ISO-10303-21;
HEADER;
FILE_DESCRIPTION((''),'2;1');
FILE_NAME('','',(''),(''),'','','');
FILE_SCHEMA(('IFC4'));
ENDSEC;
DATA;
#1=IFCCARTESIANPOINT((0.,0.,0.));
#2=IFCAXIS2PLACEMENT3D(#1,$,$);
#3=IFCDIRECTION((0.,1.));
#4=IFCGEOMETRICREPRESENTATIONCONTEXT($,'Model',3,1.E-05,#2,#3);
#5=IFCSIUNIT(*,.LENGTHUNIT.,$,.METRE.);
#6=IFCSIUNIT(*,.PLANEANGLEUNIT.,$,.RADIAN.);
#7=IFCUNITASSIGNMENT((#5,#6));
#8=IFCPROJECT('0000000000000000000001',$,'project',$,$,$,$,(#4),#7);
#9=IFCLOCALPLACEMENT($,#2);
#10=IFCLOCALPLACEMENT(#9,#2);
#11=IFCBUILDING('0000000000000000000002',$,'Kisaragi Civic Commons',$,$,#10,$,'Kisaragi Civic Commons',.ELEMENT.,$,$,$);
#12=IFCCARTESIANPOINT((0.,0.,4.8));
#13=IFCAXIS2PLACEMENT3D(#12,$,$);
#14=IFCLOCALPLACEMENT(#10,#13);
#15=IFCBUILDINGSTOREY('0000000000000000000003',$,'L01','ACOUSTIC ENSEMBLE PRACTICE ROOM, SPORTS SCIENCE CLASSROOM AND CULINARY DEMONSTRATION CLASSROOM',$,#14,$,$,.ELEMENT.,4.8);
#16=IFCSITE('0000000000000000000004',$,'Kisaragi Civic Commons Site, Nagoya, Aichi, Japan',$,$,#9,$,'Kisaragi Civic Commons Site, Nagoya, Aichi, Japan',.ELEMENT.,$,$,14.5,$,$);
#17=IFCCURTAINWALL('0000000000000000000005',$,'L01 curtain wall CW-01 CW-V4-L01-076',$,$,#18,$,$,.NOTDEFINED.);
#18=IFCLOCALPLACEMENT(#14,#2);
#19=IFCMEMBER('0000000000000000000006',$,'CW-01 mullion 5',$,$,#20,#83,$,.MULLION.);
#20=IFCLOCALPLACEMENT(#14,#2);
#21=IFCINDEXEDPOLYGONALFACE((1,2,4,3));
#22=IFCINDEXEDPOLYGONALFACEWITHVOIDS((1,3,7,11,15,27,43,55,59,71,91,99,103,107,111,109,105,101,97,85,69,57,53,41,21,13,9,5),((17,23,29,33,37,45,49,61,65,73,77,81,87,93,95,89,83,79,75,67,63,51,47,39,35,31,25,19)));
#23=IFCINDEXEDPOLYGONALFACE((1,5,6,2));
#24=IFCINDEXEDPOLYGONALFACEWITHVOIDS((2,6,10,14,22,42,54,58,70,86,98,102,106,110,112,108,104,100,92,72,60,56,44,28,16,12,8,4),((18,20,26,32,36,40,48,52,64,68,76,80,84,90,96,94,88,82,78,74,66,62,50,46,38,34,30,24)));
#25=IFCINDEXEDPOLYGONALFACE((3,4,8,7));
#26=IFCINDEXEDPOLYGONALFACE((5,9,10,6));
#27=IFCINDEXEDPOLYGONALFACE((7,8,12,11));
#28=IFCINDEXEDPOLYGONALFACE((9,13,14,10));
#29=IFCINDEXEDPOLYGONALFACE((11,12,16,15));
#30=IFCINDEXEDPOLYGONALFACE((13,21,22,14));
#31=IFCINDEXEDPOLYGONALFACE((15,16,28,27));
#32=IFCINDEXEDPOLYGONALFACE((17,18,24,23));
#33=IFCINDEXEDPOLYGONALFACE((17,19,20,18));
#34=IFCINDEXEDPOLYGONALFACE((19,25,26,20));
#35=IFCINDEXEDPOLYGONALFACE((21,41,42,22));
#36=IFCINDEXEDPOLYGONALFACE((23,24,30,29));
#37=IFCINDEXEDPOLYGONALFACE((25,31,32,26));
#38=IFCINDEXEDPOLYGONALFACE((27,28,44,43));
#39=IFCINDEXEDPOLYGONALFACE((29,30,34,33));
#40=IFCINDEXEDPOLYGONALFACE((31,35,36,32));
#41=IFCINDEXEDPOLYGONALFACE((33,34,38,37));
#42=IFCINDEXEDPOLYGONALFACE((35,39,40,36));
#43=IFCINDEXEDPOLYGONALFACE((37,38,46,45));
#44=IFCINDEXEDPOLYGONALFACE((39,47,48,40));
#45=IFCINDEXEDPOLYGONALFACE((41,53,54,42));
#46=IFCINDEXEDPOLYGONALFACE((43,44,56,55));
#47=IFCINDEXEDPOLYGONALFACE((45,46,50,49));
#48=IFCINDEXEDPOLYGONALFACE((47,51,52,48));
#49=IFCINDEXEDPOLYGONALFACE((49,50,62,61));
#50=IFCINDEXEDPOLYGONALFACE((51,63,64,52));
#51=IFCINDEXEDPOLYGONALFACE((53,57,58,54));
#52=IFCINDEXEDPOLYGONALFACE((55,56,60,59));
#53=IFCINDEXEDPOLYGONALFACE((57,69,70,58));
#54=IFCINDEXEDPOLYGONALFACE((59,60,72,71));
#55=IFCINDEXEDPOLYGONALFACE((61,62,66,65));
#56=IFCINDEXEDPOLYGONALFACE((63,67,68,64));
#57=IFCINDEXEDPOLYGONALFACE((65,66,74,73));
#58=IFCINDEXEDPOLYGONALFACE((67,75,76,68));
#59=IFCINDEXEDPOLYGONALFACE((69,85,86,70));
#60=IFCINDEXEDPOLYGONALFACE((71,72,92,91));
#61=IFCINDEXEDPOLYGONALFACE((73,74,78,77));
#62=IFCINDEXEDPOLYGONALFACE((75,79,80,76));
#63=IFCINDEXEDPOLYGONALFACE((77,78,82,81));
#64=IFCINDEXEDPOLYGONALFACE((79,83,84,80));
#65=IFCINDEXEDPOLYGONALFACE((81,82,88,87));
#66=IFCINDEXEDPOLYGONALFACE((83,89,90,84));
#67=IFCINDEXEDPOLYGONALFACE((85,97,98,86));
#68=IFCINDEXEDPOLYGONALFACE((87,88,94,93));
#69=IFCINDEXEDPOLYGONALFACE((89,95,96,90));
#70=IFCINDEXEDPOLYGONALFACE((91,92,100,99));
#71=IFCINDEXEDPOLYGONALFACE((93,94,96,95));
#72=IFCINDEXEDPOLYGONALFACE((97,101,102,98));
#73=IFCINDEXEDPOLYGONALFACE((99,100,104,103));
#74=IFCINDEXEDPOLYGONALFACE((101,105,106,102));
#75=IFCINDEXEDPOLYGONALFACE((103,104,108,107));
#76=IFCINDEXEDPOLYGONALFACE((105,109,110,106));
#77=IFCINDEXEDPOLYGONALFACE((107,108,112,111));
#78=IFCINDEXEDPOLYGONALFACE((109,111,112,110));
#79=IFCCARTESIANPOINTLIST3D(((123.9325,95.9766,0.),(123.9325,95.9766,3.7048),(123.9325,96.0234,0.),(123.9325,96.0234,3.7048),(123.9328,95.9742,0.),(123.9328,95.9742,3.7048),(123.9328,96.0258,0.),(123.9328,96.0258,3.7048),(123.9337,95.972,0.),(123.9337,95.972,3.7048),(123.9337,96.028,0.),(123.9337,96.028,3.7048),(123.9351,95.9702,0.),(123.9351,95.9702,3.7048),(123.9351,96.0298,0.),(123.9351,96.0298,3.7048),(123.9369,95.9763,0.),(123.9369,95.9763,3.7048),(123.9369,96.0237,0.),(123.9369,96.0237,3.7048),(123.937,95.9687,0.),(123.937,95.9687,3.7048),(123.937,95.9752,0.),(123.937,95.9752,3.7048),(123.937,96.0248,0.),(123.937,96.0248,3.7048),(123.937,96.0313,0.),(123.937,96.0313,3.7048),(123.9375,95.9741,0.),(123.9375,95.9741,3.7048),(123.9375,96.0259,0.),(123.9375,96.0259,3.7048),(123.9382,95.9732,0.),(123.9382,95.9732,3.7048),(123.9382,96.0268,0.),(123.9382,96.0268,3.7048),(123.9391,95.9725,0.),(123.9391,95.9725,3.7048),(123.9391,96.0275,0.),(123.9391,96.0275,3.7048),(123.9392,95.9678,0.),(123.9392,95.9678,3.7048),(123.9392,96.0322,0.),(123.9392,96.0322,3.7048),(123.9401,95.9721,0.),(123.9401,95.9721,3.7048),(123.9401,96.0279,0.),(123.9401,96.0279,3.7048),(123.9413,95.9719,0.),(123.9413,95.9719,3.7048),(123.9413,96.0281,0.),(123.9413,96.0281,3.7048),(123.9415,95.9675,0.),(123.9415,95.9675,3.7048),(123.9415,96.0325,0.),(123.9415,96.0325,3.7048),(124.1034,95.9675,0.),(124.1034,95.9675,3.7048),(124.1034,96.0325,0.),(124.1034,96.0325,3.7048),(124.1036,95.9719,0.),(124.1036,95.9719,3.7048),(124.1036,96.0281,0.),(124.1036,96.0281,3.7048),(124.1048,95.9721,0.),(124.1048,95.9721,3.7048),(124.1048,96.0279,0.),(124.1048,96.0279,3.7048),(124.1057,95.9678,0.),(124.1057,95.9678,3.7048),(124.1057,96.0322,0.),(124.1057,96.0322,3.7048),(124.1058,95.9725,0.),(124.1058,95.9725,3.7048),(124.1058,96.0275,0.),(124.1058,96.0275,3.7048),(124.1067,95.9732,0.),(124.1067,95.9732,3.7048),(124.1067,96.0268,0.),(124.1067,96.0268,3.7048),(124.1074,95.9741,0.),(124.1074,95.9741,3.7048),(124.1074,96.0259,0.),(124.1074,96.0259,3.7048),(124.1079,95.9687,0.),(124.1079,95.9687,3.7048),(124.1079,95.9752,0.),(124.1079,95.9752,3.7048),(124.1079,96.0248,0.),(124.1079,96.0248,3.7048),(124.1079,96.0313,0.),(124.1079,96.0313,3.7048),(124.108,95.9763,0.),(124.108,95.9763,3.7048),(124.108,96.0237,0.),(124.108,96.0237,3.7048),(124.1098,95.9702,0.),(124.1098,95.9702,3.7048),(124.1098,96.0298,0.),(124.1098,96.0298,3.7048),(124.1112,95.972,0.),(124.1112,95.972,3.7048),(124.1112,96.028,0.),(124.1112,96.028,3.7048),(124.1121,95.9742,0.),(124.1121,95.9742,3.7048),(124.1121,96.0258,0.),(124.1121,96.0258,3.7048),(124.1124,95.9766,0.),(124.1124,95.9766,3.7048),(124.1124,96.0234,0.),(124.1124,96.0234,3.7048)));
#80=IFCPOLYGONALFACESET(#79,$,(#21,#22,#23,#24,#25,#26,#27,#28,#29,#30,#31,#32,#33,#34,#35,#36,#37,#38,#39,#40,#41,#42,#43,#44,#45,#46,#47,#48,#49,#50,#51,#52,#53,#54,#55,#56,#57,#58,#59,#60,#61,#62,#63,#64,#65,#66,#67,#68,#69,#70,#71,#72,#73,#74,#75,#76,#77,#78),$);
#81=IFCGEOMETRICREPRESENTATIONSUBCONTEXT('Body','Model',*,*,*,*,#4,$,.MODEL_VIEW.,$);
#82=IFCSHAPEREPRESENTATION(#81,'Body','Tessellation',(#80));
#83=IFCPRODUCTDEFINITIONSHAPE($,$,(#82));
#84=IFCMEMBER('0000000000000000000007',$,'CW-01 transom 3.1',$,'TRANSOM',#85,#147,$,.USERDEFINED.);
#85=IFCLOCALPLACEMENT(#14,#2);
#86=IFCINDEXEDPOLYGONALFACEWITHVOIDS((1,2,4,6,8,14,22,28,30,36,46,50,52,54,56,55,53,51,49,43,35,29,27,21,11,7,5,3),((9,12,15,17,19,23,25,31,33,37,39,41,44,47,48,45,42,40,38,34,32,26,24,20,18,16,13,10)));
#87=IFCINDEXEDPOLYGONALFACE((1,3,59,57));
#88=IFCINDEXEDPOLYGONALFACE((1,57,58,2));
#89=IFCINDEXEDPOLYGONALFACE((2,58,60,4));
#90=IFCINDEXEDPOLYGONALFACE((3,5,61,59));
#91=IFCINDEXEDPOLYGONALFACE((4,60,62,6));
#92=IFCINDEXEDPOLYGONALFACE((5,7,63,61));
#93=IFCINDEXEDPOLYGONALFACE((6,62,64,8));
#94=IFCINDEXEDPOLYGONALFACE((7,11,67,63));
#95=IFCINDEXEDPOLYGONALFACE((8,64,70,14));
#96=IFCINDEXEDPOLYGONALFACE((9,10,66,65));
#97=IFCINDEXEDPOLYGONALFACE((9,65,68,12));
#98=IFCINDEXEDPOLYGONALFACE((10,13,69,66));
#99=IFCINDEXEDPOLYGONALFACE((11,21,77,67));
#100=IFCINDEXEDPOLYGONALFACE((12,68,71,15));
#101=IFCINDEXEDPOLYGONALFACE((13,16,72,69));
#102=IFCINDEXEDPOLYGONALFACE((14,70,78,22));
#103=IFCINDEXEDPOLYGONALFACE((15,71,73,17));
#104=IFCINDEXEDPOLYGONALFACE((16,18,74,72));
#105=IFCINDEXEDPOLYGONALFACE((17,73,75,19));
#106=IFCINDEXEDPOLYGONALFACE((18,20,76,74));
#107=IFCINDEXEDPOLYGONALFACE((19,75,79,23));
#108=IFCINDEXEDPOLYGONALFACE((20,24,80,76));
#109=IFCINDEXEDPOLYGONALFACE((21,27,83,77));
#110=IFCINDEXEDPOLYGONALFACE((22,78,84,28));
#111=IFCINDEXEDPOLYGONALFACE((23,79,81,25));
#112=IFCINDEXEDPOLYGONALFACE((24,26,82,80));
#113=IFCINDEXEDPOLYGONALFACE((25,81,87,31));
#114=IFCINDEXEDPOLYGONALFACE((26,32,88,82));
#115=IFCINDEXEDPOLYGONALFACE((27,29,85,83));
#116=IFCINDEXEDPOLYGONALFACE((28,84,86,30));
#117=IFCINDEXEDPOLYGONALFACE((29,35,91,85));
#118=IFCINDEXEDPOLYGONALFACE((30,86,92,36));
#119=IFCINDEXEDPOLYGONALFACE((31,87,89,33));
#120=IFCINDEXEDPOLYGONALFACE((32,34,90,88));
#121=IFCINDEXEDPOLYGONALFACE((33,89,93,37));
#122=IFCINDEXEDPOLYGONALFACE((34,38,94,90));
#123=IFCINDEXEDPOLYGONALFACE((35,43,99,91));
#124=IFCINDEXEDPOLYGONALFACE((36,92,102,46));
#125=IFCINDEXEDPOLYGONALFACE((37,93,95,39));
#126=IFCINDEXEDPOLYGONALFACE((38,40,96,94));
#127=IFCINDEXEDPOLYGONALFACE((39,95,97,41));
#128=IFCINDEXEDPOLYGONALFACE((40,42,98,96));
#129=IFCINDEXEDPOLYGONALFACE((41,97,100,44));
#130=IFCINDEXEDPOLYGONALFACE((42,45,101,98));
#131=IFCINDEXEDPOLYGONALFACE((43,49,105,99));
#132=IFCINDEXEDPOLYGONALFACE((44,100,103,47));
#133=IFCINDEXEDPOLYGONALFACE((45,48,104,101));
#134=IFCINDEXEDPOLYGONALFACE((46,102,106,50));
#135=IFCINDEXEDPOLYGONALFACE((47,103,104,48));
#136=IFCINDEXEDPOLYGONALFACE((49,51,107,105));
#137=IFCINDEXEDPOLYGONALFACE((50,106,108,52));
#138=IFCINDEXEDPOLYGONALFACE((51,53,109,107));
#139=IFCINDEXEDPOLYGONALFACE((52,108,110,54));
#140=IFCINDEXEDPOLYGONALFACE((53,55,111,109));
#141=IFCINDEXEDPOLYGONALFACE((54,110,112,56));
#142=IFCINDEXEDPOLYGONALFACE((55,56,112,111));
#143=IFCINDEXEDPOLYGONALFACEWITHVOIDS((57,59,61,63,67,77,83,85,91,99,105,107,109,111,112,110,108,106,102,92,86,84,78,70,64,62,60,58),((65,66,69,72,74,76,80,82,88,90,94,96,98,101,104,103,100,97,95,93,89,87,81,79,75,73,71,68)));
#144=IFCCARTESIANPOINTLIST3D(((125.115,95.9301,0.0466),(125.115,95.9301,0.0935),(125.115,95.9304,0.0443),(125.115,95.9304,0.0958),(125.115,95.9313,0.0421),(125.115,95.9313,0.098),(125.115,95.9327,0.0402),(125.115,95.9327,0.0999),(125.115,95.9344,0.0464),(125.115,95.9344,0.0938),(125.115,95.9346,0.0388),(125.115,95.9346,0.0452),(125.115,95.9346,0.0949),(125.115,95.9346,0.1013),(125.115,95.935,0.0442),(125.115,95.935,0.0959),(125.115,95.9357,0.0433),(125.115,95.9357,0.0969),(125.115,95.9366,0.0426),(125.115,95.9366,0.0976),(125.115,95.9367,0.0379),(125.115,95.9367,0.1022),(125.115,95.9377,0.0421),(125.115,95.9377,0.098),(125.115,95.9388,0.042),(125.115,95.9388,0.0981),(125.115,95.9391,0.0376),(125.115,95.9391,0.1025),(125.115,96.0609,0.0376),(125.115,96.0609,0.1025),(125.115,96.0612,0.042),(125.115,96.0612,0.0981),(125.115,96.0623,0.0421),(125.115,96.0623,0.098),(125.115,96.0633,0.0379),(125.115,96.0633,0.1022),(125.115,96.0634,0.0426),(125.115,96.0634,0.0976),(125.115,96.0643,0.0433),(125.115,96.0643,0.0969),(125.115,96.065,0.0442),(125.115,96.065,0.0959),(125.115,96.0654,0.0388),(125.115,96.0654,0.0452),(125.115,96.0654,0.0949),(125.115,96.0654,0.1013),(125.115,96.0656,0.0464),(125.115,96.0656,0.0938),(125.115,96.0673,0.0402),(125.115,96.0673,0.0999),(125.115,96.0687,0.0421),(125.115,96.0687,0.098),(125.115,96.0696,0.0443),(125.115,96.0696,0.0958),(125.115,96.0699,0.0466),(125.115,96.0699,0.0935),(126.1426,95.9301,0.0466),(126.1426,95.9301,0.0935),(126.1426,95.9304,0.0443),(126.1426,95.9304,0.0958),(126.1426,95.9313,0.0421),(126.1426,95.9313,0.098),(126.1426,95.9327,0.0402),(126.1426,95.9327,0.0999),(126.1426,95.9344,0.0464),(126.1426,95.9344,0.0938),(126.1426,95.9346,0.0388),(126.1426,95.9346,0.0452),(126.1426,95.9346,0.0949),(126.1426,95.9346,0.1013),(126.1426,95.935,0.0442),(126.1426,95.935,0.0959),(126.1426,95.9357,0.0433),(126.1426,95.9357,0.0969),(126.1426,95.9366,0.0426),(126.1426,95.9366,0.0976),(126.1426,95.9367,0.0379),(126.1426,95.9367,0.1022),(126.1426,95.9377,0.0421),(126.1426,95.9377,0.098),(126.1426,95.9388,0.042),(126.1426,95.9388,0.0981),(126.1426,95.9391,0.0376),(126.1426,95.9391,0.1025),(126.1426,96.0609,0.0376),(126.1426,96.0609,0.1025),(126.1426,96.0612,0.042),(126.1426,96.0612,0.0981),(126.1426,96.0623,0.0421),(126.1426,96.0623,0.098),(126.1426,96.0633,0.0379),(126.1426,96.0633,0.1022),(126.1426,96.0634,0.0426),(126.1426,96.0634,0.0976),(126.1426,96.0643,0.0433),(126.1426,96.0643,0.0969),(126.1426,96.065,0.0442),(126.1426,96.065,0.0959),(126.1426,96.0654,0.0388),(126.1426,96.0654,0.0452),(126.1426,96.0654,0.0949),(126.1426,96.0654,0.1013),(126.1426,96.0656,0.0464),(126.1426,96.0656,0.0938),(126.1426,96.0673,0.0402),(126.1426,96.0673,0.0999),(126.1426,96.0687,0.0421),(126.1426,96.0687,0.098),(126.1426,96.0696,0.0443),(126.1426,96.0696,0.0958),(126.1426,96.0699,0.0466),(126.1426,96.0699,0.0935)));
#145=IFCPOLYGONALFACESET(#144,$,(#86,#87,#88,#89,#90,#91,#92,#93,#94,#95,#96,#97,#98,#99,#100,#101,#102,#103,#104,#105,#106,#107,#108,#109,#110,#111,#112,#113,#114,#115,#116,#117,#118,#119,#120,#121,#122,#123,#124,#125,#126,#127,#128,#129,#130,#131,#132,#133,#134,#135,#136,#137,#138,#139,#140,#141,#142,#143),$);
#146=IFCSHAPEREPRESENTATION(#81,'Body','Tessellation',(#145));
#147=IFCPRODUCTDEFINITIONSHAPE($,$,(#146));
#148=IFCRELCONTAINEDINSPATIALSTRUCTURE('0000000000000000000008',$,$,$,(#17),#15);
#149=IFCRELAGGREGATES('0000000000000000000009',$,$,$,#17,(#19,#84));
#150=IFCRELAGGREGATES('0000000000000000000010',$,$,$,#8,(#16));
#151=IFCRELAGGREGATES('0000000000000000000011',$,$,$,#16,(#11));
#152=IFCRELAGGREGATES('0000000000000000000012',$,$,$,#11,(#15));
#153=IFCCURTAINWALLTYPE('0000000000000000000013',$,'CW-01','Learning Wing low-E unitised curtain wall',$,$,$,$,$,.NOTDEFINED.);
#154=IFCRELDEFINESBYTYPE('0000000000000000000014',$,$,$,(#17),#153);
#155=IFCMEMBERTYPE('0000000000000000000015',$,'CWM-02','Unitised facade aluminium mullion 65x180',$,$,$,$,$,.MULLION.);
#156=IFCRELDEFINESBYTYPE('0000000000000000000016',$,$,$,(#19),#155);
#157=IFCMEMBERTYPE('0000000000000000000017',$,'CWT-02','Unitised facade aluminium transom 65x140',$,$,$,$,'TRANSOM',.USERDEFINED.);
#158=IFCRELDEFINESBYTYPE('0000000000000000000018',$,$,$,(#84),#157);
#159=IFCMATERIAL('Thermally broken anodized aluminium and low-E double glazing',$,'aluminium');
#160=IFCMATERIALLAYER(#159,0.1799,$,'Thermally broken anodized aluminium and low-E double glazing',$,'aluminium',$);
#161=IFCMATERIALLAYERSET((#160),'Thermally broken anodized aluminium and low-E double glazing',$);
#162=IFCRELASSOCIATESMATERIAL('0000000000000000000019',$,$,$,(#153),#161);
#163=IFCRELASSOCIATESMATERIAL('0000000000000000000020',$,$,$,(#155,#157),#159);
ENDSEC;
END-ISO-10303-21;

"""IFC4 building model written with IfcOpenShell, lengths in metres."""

from ifc_helpers import new_model, si_unit, direction, frame, origin, origin_2d, place, context, subcontext, project, spatial, hollow_rectangle, extrude, material, layer, layer_set, material_profile, profile_set, type_object, element, aggregate, save


model = new_model("IFC4")

# Units and contexts
model_context = context("Model", 3, precision=1e-05, world=origin(), true_north=direction((0.0, 1.0)))
body_context = subcontext(model_context, "Body", "Model", "MODEL_VIEW")
ifc_project = project(units=[si_unit("LENGTHUNIT", "METRE"), si_unit("PLANEANGLEUNIT", "RADIAN")], contexts=[model_context])

# Site, building, storey
site_placement = place(None, origin())
site = spatial("IfcSite", under=ifc_project, at=site_placement, Name="Kisaragi Civic Commons Site, Nagoya, Aichi, Japan", LongName="Kisaragi Civic Commons Site, Nagoya, Aichi, Japan", CompositionType="ELEMENT", RefElevation=14.5)
building_placement = place(site_placement, origin())
building = spatial("IfcBuilding", under=site, at=building_placement, Name="Kisaragi Civic Commons", LongName="Kisaragi Civic Commons", CompositionType="ELEMENT")
storey_placement = place(building_placement, frame((0.0, 0.0, 4.8)))
storey = spatial("IfcBuildingStorey", under=building, at=storey_placement, Name="L01", Description="ACOUSTIC ENSEMBLE PRACTICE ROOM, SPORTS SCIENCE CLASSROOM AND CULINARY DEMONSTRATION CLASSROOM", CompositionType="ELEMENT", Elevation=4.8)

# Curtain wall, members
ifc_material_1 = material(Name="Thermally broken anodized aluminium and low-E double glazing", Category="aluminium")
ifc_layer_1 = layer(ifc_material_1, 0.1799, Name="Thermally broken anodized aluminium and low-E double glazing", Category="aluminium")
ifc_layer_set_1 = layer_set([ifc_layer_1], Name="Thermally broken anodized aluminium and low-E double glazing")
curtain_wall_type = type_object("IfcCurtainWallType", Name="CW-01", Description="Learning Wing low-E unitised curtain wall", PredefinedType="NOTDEFINED", material=ifc_layer_set_1)
curtain_wall_placement = place(storey_placement, origin())
curtain_wall = element("IfcCurtainWall", 1, at=curtain_wall_placement, inside=storey, type_object=curtain_wall_type, Name="L01 curtain wall CW-01 CW-V4-L01-076", PredefinedType="NOTDEFINED")
ifc_material_profile_1 = material_profile(ifc_material_1, hollow_rectangle(XDim=0.0649, YDim=0.1799, WallThickness=0.0044, InnerFilletRadius=0.0044, OuterFilletRadius=0.009, at=origin_2d()), Name="CWM-65x180x4.5", Category="aluminium")
ifc_profile_set_1 = profile_set([ifc_material_profile_1], Name="Thermally broken anodized aluminium and low-E double glazing")
member_type_1 = type_object("IfcMemberType", Name="CWM-02", Description="Unitised facade aluminium mullion 65x180", PredefinedType="MULLION", material=ifc_profile_set_1)
member_1_placement = place(storey_placement, frame((124.0225, 96.0, 0.0), z_axis=(0.0, 0.0, 1.0), x_axis=(0.0, -1.0, 0.0)))
member_1 = element("IfcMember", 2, at=member_1_placement, type_object=member_type_1, Name="CW-01 mullion 5", PredefinedType="MULLION", context=body_context, shape_type="SweptSolid", body=[
    extrude(hollow_rectangle(XDim=0.0649, YDim=0.1799, WallThickness=0.0044, InnerFilletRadius=0.0044, OuterFilletRadius=0.009, at=origin_2d()), origin(), (0.0, 0.0, 1.0), 3.7048),
])
ifc_material_profile_2 = material_profile(ifc_material_1, hollow_rectangle(XDim=0.1399, YDim=0.0649, WallThickness=0.0044, InnerFilletRadius=0.0044, OuterFilletRadius=0.009, at=origin_2d()), Name="CWT-65x140x4.5", Category="aluminium")
ifc_profile_set_2 = profile_set([ifc_material_profile_2], Name="Thermally broken anodized aluminium and low-E double glazing")
member_type_2 = type_object("IfcMemberType", Name="CWT-02", Description="Unitised facade aluminium transom 65x140", ElementType="TRANSOM", PredefinedType="USERDEFINED", material=ifc_profile_set_2)
member_2_placement = place(storey_placement, frame((126.1426, 96.0, 0.0701), z_axis=(-1.0, 0.0, 0.0), x_axis=(0.0, -1.0, 0.0)))
member_2 = element("IfcMember", 3, at=member_2_placement, type_object=member_type_2, Name="CW-01 transom 3.1", ObjectType="TRANSOM", PredefinedType="USERDEFINED", context=body_context, shape_type="SweptSolid", body=[
    extrude(hollow_rectangle(XDim=0.1399, YDim=0.0649, WallThickness=0.0044, InnerFilletRadius=0.0044, OuterFilletRadius=0.009, at=origin_2d()), origin(), (0.0, 0.0, 1.0), 1.0276),
])

aggregate(curtain_wall, [member_1, member_2])

save(model, "model.ifc")
